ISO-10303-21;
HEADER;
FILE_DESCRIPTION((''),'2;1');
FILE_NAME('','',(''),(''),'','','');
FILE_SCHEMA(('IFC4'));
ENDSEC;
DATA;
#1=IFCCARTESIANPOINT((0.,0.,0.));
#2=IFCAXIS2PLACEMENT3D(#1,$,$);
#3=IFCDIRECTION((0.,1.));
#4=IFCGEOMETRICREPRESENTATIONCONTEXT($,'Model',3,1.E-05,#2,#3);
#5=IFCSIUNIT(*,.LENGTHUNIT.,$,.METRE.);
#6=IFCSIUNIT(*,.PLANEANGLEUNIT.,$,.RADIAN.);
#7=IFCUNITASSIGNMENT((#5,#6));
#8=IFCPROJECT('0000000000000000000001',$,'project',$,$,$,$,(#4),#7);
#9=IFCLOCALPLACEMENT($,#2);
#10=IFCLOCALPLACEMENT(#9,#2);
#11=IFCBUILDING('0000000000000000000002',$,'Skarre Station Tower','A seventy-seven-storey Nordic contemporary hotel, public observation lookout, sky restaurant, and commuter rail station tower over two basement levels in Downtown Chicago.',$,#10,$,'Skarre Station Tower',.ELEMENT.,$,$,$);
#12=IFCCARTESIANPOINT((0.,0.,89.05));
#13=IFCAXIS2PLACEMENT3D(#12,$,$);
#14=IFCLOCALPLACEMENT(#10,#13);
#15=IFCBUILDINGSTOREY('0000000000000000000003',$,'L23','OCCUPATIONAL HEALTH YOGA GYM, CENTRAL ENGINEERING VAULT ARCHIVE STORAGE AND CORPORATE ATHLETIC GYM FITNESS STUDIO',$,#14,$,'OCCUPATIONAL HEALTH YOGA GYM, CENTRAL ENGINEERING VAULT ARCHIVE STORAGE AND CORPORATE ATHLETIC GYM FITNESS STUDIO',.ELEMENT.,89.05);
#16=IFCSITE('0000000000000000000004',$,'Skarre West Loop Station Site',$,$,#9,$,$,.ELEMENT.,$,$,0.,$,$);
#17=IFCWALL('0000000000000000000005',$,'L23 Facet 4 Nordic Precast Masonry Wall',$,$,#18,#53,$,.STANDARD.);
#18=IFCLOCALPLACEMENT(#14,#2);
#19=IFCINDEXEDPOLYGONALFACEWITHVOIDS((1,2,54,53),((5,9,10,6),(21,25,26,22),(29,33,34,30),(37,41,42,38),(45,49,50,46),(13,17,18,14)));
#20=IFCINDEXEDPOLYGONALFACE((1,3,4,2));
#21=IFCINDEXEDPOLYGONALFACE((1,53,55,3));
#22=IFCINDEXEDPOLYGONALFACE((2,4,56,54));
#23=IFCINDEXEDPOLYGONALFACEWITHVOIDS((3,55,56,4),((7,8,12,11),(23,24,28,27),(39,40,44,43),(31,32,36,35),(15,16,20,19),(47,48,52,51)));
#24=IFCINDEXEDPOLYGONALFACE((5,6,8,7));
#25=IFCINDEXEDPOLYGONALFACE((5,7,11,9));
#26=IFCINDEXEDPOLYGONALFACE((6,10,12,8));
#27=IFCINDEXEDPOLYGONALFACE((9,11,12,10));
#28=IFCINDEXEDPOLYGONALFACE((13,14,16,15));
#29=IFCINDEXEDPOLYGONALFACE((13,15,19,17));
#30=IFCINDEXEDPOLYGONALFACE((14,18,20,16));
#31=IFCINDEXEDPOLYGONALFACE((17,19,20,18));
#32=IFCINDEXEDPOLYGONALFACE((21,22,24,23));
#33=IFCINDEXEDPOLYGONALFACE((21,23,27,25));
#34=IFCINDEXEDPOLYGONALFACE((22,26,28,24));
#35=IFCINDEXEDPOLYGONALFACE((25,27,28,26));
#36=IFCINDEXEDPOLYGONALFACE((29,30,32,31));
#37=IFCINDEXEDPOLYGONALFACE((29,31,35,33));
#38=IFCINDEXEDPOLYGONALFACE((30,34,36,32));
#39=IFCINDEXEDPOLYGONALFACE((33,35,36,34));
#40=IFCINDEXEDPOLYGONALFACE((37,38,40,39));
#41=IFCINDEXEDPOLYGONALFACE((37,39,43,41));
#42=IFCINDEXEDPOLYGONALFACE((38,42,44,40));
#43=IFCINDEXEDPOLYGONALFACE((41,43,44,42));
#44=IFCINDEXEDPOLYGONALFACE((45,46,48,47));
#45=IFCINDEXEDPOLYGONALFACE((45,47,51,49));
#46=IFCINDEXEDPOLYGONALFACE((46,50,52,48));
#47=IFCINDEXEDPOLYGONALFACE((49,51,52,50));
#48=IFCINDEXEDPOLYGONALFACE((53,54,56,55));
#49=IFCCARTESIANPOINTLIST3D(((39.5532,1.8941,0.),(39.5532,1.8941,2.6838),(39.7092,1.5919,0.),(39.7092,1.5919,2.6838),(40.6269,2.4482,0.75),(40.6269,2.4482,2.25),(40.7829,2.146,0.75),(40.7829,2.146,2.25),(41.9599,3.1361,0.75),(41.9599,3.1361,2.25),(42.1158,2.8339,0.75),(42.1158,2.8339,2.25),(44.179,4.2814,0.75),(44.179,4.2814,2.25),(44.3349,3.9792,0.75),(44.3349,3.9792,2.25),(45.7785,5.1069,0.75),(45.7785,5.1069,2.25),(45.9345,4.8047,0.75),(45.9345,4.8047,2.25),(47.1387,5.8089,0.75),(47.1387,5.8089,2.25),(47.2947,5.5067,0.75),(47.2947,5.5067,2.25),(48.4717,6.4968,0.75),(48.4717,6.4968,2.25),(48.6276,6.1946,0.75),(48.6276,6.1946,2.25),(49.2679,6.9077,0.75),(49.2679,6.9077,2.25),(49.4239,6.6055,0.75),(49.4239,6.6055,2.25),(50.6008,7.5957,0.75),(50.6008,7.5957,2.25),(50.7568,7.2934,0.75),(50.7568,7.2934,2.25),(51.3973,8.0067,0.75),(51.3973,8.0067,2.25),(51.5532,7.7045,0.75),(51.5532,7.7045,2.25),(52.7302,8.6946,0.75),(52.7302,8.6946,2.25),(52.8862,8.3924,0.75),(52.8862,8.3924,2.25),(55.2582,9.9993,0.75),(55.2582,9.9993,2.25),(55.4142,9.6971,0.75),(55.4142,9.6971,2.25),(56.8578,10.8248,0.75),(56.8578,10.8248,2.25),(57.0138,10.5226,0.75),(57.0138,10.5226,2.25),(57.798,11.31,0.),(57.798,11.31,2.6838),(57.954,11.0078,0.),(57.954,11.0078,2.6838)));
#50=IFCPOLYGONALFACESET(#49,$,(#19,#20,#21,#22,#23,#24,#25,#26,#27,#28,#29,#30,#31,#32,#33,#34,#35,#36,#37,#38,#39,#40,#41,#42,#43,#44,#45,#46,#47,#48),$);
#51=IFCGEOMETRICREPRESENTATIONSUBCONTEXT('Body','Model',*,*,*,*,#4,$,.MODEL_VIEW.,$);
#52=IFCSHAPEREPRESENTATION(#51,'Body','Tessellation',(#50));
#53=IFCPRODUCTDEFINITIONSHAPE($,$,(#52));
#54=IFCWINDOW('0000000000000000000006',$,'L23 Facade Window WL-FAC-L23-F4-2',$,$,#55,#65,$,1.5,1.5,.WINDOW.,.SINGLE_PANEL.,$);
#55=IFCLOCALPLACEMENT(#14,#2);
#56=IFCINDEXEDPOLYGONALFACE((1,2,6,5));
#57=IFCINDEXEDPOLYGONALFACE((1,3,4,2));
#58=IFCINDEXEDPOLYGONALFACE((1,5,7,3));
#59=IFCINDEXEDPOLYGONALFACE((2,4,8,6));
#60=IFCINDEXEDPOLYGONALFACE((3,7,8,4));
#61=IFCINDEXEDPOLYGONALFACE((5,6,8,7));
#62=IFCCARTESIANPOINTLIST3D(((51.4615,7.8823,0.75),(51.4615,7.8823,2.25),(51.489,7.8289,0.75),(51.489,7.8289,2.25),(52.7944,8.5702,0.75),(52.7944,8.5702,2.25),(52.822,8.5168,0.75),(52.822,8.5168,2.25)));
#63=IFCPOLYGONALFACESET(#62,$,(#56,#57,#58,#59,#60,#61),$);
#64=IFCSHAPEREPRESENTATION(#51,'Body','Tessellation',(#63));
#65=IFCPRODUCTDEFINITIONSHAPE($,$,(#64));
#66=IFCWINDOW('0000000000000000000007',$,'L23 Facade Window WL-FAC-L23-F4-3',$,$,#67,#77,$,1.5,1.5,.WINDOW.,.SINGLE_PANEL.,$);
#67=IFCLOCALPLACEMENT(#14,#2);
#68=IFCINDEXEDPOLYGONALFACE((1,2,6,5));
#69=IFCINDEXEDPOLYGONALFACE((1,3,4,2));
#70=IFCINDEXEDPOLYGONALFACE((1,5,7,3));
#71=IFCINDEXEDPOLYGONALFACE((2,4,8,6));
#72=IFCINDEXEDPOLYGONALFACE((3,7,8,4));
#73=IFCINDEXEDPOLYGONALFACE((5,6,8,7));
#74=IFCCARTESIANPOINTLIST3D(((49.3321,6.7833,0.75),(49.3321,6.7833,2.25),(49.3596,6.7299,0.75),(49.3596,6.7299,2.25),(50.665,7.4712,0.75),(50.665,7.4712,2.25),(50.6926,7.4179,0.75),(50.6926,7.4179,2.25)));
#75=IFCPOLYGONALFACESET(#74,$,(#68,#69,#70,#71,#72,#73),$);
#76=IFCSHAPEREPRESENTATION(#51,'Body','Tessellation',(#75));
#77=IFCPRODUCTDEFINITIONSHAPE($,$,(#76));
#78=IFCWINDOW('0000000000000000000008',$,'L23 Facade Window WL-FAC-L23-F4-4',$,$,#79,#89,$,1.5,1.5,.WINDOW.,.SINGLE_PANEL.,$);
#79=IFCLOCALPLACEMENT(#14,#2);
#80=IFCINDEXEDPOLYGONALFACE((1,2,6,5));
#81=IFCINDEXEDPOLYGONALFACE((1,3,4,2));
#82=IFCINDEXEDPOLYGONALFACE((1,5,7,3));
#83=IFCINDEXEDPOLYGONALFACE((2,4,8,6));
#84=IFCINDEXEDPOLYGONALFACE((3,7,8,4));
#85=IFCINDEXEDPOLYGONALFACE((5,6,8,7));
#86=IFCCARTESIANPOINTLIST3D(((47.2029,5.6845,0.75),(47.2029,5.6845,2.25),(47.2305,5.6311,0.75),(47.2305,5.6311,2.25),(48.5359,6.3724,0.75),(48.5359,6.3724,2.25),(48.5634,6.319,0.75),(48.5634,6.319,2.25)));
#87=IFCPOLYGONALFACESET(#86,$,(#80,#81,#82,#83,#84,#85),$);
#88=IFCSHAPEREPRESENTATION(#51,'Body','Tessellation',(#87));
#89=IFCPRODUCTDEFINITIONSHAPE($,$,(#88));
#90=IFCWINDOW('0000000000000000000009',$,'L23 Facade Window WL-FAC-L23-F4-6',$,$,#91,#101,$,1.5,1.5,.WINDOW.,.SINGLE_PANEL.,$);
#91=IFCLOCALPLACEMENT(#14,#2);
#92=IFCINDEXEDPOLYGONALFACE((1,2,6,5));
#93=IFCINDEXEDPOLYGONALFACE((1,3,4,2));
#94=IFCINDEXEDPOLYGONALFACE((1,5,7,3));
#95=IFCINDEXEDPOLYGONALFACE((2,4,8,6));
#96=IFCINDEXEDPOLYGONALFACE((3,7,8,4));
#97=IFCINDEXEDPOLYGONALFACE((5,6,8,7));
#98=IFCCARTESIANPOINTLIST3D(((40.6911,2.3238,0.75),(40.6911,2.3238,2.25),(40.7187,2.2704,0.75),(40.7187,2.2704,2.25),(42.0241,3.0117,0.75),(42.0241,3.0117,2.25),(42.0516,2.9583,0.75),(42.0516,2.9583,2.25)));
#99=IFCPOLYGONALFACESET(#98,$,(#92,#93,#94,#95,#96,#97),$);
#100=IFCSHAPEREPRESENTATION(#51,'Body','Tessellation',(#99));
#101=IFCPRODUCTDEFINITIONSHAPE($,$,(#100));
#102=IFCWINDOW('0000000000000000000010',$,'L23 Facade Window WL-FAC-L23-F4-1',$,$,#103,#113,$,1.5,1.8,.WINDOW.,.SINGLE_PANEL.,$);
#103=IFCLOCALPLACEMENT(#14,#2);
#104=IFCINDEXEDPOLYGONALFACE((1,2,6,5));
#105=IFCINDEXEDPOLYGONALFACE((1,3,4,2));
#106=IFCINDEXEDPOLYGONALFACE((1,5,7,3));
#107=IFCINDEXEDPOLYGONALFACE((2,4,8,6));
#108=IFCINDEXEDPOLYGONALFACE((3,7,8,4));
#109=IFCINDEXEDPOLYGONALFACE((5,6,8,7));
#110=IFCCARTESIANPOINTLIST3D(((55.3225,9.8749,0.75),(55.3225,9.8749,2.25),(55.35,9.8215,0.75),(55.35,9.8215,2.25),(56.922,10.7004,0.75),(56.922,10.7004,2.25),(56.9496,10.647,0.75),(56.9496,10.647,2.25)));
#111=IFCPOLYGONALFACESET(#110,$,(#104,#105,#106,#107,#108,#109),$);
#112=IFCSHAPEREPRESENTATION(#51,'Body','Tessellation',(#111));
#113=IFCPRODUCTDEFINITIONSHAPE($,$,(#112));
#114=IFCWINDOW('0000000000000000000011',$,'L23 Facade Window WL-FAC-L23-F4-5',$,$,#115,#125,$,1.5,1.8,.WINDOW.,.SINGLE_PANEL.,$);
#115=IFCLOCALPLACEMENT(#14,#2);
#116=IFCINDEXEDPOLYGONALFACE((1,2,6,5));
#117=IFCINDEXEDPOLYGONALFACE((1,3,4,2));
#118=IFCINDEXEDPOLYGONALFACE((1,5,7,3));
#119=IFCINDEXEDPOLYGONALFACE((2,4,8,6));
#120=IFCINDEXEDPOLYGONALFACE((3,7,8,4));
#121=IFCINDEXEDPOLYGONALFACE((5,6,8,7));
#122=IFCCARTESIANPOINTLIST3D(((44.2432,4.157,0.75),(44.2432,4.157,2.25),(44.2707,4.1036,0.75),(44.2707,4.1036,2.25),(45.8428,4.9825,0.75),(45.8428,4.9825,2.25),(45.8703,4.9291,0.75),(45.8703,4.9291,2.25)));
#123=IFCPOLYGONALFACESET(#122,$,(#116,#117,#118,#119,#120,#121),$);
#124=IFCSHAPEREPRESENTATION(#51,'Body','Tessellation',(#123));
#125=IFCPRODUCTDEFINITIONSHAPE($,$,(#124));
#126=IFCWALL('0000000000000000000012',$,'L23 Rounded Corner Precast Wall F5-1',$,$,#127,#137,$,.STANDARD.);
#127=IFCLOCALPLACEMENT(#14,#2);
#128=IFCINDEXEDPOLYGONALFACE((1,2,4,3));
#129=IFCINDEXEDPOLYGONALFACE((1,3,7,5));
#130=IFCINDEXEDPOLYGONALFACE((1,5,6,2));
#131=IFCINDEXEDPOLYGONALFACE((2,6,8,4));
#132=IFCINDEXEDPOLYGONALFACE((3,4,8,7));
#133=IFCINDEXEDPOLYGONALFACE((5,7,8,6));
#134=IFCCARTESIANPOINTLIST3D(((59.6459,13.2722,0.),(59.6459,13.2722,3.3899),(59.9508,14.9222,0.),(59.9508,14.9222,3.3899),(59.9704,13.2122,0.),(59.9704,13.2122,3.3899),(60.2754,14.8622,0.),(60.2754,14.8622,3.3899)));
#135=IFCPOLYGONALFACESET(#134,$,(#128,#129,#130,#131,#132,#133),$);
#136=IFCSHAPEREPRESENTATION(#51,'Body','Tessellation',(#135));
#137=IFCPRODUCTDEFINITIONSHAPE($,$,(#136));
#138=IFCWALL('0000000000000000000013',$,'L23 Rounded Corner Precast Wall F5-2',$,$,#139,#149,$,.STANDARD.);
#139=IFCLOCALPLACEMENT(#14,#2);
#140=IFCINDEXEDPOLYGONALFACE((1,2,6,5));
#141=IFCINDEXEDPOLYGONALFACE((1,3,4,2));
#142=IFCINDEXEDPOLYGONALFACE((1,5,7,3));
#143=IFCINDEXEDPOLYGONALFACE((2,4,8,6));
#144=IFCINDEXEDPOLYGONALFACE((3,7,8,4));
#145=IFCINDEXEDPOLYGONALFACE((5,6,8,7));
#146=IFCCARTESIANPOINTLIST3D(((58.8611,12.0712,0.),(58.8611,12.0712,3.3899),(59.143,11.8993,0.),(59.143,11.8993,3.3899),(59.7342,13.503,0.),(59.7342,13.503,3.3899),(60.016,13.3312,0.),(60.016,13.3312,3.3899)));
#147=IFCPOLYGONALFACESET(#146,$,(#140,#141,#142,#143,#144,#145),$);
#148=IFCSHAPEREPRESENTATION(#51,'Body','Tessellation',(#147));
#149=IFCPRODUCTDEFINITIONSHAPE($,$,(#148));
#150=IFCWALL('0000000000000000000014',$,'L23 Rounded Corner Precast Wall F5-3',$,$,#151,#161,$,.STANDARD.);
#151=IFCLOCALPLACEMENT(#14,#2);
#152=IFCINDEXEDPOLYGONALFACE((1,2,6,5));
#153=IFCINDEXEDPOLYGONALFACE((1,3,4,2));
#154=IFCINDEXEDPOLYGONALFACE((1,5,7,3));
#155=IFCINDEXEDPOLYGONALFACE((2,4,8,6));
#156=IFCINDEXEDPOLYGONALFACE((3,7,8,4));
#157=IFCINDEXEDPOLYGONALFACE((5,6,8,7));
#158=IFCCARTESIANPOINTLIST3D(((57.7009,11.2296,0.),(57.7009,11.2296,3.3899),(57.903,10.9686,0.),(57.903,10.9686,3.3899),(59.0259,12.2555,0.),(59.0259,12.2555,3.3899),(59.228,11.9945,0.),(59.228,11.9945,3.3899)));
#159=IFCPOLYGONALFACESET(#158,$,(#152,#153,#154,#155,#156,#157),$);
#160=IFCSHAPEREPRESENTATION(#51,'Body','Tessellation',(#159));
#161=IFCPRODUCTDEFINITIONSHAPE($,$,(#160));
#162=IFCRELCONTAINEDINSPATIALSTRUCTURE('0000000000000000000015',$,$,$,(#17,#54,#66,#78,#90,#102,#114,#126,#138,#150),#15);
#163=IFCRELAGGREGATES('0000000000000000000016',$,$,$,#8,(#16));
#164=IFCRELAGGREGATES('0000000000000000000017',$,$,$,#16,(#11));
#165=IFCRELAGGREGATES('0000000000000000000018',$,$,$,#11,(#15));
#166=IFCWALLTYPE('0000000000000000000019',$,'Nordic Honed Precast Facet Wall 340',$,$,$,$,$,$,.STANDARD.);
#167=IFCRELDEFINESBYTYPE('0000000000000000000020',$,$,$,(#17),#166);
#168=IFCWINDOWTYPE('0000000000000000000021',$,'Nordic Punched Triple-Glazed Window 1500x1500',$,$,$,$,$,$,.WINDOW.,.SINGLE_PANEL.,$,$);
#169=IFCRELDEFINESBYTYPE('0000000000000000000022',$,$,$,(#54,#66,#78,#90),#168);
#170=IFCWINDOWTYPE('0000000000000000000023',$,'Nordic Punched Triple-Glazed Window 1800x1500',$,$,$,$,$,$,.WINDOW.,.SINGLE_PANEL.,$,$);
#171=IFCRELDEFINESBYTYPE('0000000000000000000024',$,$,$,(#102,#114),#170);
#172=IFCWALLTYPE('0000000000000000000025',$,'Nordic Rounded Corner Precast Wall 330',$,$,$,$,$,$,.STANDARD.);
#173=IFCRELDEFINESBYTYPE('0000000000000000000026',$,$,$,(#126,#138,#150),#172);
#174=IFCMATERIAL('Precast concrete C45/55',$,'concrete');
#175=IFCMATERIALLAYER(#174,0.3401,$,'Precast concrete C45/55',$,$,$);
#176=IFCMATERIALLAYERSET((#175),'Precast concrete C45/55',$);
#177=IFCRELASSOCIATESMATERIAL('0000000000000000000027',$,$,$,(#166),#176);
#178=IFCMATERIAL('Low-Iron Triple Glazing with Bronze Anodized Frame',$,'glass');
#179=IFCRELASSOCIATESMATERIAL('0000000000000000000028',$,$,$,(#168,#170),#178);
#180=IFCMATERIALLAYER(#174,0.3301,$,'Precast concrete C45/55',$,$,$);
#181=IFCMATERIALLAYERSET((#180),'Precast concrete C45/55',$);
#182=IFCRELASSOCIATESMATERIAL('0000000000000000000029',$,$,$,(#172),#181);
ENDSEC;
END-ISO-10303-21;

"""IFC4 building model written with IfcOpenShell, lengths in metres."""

from ifc_helpers import new_model, si_unit, direction, frame, frame_2d, origin, place, context, subcontext, project, spatial, rectangle, extrude, material, layer, layer_set, type_object, element, fill, save


model = new_model("IFC4")

# Units and contexts
model_context = context("Model", 3, precision=1e-05, world=origin(), true_north=direction((0.0, 1.0)))
body_context = subcontext(model_context, "Body", "Model", "MODEL_VIEW")
ifc_project = project(units=[si_unit("LENGTHUNIT", "METRE"), si_unit("PLANEANGLEUNIT", "RADIAN")], contexts=[model_context])

# Site, building, storey
site_placement = place(None, origin())
site = spatial("IfcSite", under=ifc_project, at=site_placement, Name="Skarre West Loop Station Site", CompositionType="ELEMENT", RefElevation=0.0)
building_placement = place(site_placement, origin())
building = spatial("IfcBuilding", under=site, at=building_placement, Name="Skarre Station Tower", Description="A seventy-seven-storey Nordic contemporary hotel, public observation lookout, sky restaurant, and commuter rail station tower over two basement levels in Downtown Chicago.", LongName="Skarre Station Tower", CompositionType="ELEMENT")
storey_placement = place(building_placement, frame((0.0, 0.0, 89.05)))
storey = spatial("IfcBuildingStorey", under=building, at=storey_placement, Name="L23", Description="OCCUPATIONAL HEALTH YOGA GYM, CENTRAL ENGINEERING VAULT ARCHIVE STORAGE AND CORPORATE ATHLETIC GYM FITNESS STUDIO", LongName="OCCUPATIONAL HEALTH YOGA GYM, CENTRAL ENGINEERING VAULT ARCHIVE STORAGE AND CORPORATE ATHLETIC GYM FITNESS STUDIO", CompositionType="ELEMENT", Elevation=89.05)

# Wall, openings, windows
ifc_material_1 = material(Name="Precast concrete C45/55", Category="concrete")
ifc_layer_1 = layer(ifc_material_1, 0.3401, Name="Precast concrete C45/55")
ifc_layer_set_1 = layer_set([ifc_layer_1], Name="Precast concrete C45/55")
wall_type_1 = type_object("IfcWallType", Name="Nordic Honed Precast Facet Wall 340", PredefinedType="STANDARD", material=ifc_layer_set_1)
wall_1_placement = place(storey_placement, frame((57.876, 11.1589, 0.0), z_axis=(0.0, 0.0, 1.0), x_axis=(-0.888634, -0.458616, 0.0)))
wall_1 = element("IfcWall", 1, at=wall_1_placement, inside=storey, type_object=wall_type_1, Name="L23 Facet 4 Nordic Precast Masonry Wall", PredefinedType="STANDARD", context=body_context, shape_type="SweptSolid", body=[
    extrude(rectangle(XDim=20.5312, YDim=0.3401, at=frame_2d((10.2656, 0.0))), origin(), (0.0, 0.0, 1.0), 2.6838),
])
opening_1_placement = place(wall_1_placement, frame((1.0581, 0.0, 0.75)))
opening_1 = element("IfcOpeningElement", 2, at=opening_1_placement, cuts=wall_1, PredefinedType="OPENING", context=body_context, shape_type="SweptSolid", body=[
    extrude(rectangle(XDim=1.8, YDim=1.5, at=frame_2d((0.8999, 0.75))), frame((0.0, 0.1799, 0.0), z_axis=(0.0, -1.0, 0.0), x_axis=(1.0, 0.0, 0.0)), (0.0, 0.0, 1.0), 0.3601),
])
opening_2_placement = place(wall_1_placement, frame((5.7029, 0.0, 0.75)))
opening_2 = element("IfcOpeningElement", 3, at=opening_2_placement, cuts=wall_1, PredefinedType="OPENING", context=body_context, shape_type="SweptSolid", body=[
    extrude(rectangle(XDim=1.5, YDim=1.5, at=frame_2d((0.75, 0.75))), frame((0.0, 0.1799, 0.0), z_axis=(0.0, -1.0, 0.0), x_axis=(1.0, 0.0, 0.0)), (0.0, 0.0, 1.0), 0.3601),
])
opening_3_placement = place(wall_1_placement, frame((8.0991, 0.0, 0.75)))
opening_3 = element("IfcOpeningElement", 4, at=opening_3_placement, cuts=wall_1, PredefinedType="OPENING", context=body_context, shape_type="SweptSolid", body=[
    extrude(rectangle(XDim=1.5, YDim=1.5, at=frame_2d((0.75, 0.75))), frame((0.0, 0.1799, 0.0), z_axis=(0.0, -1.0, 0.0), x_axis=(1.0, 0.0, 0.0)), (0.0, 0.0, 1.0), 0.3601),
])
opening_4_placement = place(wall_1_placement, frame((10.4951, 0.0, 0.75)))
opening_4 = element("IfcOpeningElement", 5, at=opening_4_placement, cuts=wall_1, PredefinedType="OPENING", context=body_context, shape_type="SweptSolid", body=[
    extrude(rectangle(XDim=1.5, YDim=1.5, at=frame_2d((0.75, 0.75))), frame((0.0, 0.1799, 0.0), z_axis=(0.0, -1.0, 0.0), x_axis=(1.0, 0.0, 0.0)), (0.0, 0.0, 1.0), 0.3601),
])
opening_5_placement = place(wall_1_placement, frame((13.5259, 0.0, 0.75)))
opening_5 = element("IfcOpeningElement", 6, at=opening_5_placement, cuts=wall_1, PredefinedType="OPENING", context=body_context, shape_type="SweptSolid", body=[
    extrude(rectangle(XDim=1.8, YDim=1.5, at=frame_2d((0.8999, 0.75))), frame((0.0, 0.1799, 0.0), z_axis=(0.0, -1.0, 0.0), x_axis=(1.0, 0.0, 0.0)), (0.0, 0.0, 1.0), 0.3601),
])
opening_6_placement = place(wall_1_placement, frame((17.823, 0.0, 0.75)))
opening_6 = element("IfcOpeningElement", 7, at=opening_6_placement, cuts=wall_1, PredefinedType="OPENING", context=body_context, shape_type="SweptSolid", body=[
    extrude(rectangle(XDim=1.5, YDim=1.5, at=frame_2d((0.75, 0.75))), frame((0.0, 0.1799, 0.0), z_axis=(0.0, -1.0, 0.0), x_axis=(1.0, 0.0, 0.0)), (0.0, 0.0, 1.0), 0.3601),
])
ifc_material_2 = material(Name="Low-Iron Triple Glazing with Bronze Anodized Frame", Category="glass")
window_type_1 = type_object("IfcWindowType", Name="Nordic Punched Triple-Glazed Window 1500x1500", PartitioningType="SINGLE_PANEL", PredefinedType="WINDOW", material=ifc_material_2)
window_1_placement = place(opening_2_placement, origin())
window_1 = element("IfcWindow", 8, at=window_1_placement, inside=storey, type_object=window_type_1, Name="L23 Facade Window WL-FAC-L23-F4-2", OverallHeight=1.5, OverallWidth=1.5, PartitioningType="SINGLE_PANEL", PredefinedType="WINDOW", context=body_context, shape_type="SweptSolid", body=[
    extrude(rectangle(XDim=1.5, YDim=1.5, at=frame_2d((0.75, 0.75))), frame((0.0, 0.03, 0.0), z_axis=(0.0, -1.0, 0.0), x_axis=(1.0, 0.0, 0.0)), (0.0, 0.0, 1.0), 0.0601),
])
fill(opening_2, window_1)
window_2_placement = place(opening_3_placement, origin())
window_2 = element("IfcWindow", 9, at=window_2_placement, inside=storey, type_object=window_type_1, Name="L23 Facade Window WL-FAC-L23-F4-3", OverallHeight=1.5, OverallWidth=1.5, PartitioningType="SINGLE_PANEL", PredefinedType="WINDOW", context=body_context, shape_type="SweptSolid", body=[
    extrude(rectangle(XDim=1.5, YDim=1.5, at=frame_2d((0.75, 0.75))), frame((0.0, 0.03, 0.0), z_axis=(0.0, -1.0, 0.0), x_axis=(1.0, 0.0, 0.0)), (0.0, 0.0, 1.0), 0.0601),
])
fill(opening_3, window_2)
window_3_placement = place(opening_4_placement, origin())
window_3 = element("IfcWindow", 10, at=window_3_placement, inside=storey, type_object=window_type_1, Name="L23 Facade Window WL-FAC-L23-F4-4", OverallHeight=1.5, OverallWidth=1.5, PartitioningType="SINGLE_PANEL", PredefinedType="WINDOW", context=body_context, shape_type="SweptSolid", body=[
    extrude(rectangle(XDim=1.5, YDim=1.5, at=frame_2d((0.75, 0.75))), frame((0.0, 0.03, 0.0), z_axis=(0.0, -1.0, 0.0), x_axis=(1.0, 0.0, 0.0)), (0.0, 0.0, 1.0), 0.0601),
])
fill(opening_4, window_3)
window_4_placement = place(opening_6_placement, origin())
window_4 = element("IfcWindow", 11, at=window_4_placement, inside=storey, type_object=window_type_1, Name="L23 Facade Window WL-FAC-L23-F4-6", OverallHeight=1.5, OverallWidth=1.5, PartitioningType="SINGLE_PANEL", PredefinedType="WINDOW", context=body_context, shape_type="SweptSolid", body=[
    extrude(rectangle(XDim=1.5, YDim=1.5, at=frame_2d((0.75, 0.75))), frame((0.0, 0.03, 0.0), z_axis=(0.0, -1.0, 0.0), x_axis=(1.0, 0.0, 0.0)), (0.0, 0.0, 1.0), 0.0601),
])
fill(opening_6, window_4)
window_type_2 = type_object("IfcWindowType", Name="Nordic Punched Triple-Glazed Window 1800x1500", PartitioningType="SINGLE_PANEL", PredefinedType="WINDOW", material=ifc_material_2)
window_5_placement = place(opening_1_placement, origin())
window_5 = element("IfcWindow", 12, at=window_5_placement, inside=storey, type_object=window_type_2, Name="L23 Facade Window WL-FAC-L23-F4-1", OverallHeight=1.5, OverallWidth=1.8, PartitioningType="SINGLE_PANEL", PredefinedType="WINDOW", context=body_context, shape_type="SweptSolid", body=[
    extrude(rectangle(XDim=1.8, YDim=1.5, at=frame_2d((0.8999, 0.75))), frame((0.0, 0.03, 0.0), z_axis=(0.0, -1.0, 0.0), x_axis=(1.0, 0.0, 0.0)), (0.0, 0.0, 1.0), 0.0601),
])
fill(opening_1, window_5)
window_6_placement = place(opening_5_placement, origin())
window_6 = element("IfcWindow", 13, at=window_6_placement, inside=storey, type_object=window_type_2, Name="L23 Facade Window WL-FAC-L23-F4-5", OverallHeight=1.5, OverallWidth=1.8, PartitioningType="SINGLE_PANEL", PredefinedType="WINDOW", context=body_context, shape_type="SweptSolid", body=[
    extrude(rectangle(XDim=1.8, YDim=1.5, at=frame_2d((0.8999, 0.75))), frame((0.0, 0.03, 0.0), z_axis=(0.0, -1.0, 0.0), x_axis=(1.0, 0.0, 0.0)), (0.0, 0.0, 1.0), 0.0601),
])
fill(opening_5, window_6)

# Walls
ifc_layer_2 = layer(ifc_material_1, 0.3301, Name="Precast concrete C45/55")
ifc_layer_set_2 = layer_set([ifc_layer_2], Name="Precast concrete C45/55")
wall_type_2 = type_object("IfcWallType", Name="Nordic Rounded Corner Precast Wall 330", PredefinedType="STANDARD", material=ifc_layer_set_2)
wall_2_placement = place(storey_placement, frame((60.113, 14.8921, 0.0), z_axis=(0.0, 0.0, 1.0), x_axis=(-0.181714, -0.983351, 0.0)))
element("IfcWall", 14, at=wall_2_placement, inside=storey, type_object=wall_type_2, Name="L23 Rounded Corner Precast Wall F5-1", PredefinedType="STANDARD", context=body_context, shape_type="SweptSolid", body=[
    extrude(rectangle(XDim=1.678, YDim=0.3301, at=frame_2d((0.8389, 0.0))), origin(), (0.0, 0.0, 1.0), 3.3899),
])
wall_3_placement = place(storey_placement, frame((59.875, 13.417, 0.0), z_axis=(0.0, 0.0, 1.0), x_axis=(-0.520584, -0.85381, 0.0)))
element("IfcWall", 15, at=wall_3_placement, inside=storey, type_object=wall_type_2, Name="L23 Rounded Corner Precast Wall F5-2", PredefinedType="STANDARD", context=body_context, shape_type="SweptSolid", body=[
    extrude(rectangle(XDim=1.677, YDim=0.3301, at=frame_2d((0.8384, 0.0))), origin(), (0.0, 0.0, 1.0), 3.3899),
])
wall_4_placement = place(storey_placement, frame((59.127, 12.125, 0.0), z_axis=(0.0, 0.0, 1.0), x_axis=(-0.790692, -0.612214, 0.0)))
element("IfcWall", 16, at=wall_4_placement, inside=storey, type_object=wall_type_2, Name="L23 Rounded Corner Precast Wall F5-3", PredefinedType="STANDARD", context=body_context, shape_type="SweptSolid", body=[
    extrude(rectangle(XDim=1.6758, YDim=0.3301, at=frame_2d((0.8379, 0.0))), origin(), (0.0, 0.0, 1.0), 3.3899),
])

save(model, "model.ifc")
